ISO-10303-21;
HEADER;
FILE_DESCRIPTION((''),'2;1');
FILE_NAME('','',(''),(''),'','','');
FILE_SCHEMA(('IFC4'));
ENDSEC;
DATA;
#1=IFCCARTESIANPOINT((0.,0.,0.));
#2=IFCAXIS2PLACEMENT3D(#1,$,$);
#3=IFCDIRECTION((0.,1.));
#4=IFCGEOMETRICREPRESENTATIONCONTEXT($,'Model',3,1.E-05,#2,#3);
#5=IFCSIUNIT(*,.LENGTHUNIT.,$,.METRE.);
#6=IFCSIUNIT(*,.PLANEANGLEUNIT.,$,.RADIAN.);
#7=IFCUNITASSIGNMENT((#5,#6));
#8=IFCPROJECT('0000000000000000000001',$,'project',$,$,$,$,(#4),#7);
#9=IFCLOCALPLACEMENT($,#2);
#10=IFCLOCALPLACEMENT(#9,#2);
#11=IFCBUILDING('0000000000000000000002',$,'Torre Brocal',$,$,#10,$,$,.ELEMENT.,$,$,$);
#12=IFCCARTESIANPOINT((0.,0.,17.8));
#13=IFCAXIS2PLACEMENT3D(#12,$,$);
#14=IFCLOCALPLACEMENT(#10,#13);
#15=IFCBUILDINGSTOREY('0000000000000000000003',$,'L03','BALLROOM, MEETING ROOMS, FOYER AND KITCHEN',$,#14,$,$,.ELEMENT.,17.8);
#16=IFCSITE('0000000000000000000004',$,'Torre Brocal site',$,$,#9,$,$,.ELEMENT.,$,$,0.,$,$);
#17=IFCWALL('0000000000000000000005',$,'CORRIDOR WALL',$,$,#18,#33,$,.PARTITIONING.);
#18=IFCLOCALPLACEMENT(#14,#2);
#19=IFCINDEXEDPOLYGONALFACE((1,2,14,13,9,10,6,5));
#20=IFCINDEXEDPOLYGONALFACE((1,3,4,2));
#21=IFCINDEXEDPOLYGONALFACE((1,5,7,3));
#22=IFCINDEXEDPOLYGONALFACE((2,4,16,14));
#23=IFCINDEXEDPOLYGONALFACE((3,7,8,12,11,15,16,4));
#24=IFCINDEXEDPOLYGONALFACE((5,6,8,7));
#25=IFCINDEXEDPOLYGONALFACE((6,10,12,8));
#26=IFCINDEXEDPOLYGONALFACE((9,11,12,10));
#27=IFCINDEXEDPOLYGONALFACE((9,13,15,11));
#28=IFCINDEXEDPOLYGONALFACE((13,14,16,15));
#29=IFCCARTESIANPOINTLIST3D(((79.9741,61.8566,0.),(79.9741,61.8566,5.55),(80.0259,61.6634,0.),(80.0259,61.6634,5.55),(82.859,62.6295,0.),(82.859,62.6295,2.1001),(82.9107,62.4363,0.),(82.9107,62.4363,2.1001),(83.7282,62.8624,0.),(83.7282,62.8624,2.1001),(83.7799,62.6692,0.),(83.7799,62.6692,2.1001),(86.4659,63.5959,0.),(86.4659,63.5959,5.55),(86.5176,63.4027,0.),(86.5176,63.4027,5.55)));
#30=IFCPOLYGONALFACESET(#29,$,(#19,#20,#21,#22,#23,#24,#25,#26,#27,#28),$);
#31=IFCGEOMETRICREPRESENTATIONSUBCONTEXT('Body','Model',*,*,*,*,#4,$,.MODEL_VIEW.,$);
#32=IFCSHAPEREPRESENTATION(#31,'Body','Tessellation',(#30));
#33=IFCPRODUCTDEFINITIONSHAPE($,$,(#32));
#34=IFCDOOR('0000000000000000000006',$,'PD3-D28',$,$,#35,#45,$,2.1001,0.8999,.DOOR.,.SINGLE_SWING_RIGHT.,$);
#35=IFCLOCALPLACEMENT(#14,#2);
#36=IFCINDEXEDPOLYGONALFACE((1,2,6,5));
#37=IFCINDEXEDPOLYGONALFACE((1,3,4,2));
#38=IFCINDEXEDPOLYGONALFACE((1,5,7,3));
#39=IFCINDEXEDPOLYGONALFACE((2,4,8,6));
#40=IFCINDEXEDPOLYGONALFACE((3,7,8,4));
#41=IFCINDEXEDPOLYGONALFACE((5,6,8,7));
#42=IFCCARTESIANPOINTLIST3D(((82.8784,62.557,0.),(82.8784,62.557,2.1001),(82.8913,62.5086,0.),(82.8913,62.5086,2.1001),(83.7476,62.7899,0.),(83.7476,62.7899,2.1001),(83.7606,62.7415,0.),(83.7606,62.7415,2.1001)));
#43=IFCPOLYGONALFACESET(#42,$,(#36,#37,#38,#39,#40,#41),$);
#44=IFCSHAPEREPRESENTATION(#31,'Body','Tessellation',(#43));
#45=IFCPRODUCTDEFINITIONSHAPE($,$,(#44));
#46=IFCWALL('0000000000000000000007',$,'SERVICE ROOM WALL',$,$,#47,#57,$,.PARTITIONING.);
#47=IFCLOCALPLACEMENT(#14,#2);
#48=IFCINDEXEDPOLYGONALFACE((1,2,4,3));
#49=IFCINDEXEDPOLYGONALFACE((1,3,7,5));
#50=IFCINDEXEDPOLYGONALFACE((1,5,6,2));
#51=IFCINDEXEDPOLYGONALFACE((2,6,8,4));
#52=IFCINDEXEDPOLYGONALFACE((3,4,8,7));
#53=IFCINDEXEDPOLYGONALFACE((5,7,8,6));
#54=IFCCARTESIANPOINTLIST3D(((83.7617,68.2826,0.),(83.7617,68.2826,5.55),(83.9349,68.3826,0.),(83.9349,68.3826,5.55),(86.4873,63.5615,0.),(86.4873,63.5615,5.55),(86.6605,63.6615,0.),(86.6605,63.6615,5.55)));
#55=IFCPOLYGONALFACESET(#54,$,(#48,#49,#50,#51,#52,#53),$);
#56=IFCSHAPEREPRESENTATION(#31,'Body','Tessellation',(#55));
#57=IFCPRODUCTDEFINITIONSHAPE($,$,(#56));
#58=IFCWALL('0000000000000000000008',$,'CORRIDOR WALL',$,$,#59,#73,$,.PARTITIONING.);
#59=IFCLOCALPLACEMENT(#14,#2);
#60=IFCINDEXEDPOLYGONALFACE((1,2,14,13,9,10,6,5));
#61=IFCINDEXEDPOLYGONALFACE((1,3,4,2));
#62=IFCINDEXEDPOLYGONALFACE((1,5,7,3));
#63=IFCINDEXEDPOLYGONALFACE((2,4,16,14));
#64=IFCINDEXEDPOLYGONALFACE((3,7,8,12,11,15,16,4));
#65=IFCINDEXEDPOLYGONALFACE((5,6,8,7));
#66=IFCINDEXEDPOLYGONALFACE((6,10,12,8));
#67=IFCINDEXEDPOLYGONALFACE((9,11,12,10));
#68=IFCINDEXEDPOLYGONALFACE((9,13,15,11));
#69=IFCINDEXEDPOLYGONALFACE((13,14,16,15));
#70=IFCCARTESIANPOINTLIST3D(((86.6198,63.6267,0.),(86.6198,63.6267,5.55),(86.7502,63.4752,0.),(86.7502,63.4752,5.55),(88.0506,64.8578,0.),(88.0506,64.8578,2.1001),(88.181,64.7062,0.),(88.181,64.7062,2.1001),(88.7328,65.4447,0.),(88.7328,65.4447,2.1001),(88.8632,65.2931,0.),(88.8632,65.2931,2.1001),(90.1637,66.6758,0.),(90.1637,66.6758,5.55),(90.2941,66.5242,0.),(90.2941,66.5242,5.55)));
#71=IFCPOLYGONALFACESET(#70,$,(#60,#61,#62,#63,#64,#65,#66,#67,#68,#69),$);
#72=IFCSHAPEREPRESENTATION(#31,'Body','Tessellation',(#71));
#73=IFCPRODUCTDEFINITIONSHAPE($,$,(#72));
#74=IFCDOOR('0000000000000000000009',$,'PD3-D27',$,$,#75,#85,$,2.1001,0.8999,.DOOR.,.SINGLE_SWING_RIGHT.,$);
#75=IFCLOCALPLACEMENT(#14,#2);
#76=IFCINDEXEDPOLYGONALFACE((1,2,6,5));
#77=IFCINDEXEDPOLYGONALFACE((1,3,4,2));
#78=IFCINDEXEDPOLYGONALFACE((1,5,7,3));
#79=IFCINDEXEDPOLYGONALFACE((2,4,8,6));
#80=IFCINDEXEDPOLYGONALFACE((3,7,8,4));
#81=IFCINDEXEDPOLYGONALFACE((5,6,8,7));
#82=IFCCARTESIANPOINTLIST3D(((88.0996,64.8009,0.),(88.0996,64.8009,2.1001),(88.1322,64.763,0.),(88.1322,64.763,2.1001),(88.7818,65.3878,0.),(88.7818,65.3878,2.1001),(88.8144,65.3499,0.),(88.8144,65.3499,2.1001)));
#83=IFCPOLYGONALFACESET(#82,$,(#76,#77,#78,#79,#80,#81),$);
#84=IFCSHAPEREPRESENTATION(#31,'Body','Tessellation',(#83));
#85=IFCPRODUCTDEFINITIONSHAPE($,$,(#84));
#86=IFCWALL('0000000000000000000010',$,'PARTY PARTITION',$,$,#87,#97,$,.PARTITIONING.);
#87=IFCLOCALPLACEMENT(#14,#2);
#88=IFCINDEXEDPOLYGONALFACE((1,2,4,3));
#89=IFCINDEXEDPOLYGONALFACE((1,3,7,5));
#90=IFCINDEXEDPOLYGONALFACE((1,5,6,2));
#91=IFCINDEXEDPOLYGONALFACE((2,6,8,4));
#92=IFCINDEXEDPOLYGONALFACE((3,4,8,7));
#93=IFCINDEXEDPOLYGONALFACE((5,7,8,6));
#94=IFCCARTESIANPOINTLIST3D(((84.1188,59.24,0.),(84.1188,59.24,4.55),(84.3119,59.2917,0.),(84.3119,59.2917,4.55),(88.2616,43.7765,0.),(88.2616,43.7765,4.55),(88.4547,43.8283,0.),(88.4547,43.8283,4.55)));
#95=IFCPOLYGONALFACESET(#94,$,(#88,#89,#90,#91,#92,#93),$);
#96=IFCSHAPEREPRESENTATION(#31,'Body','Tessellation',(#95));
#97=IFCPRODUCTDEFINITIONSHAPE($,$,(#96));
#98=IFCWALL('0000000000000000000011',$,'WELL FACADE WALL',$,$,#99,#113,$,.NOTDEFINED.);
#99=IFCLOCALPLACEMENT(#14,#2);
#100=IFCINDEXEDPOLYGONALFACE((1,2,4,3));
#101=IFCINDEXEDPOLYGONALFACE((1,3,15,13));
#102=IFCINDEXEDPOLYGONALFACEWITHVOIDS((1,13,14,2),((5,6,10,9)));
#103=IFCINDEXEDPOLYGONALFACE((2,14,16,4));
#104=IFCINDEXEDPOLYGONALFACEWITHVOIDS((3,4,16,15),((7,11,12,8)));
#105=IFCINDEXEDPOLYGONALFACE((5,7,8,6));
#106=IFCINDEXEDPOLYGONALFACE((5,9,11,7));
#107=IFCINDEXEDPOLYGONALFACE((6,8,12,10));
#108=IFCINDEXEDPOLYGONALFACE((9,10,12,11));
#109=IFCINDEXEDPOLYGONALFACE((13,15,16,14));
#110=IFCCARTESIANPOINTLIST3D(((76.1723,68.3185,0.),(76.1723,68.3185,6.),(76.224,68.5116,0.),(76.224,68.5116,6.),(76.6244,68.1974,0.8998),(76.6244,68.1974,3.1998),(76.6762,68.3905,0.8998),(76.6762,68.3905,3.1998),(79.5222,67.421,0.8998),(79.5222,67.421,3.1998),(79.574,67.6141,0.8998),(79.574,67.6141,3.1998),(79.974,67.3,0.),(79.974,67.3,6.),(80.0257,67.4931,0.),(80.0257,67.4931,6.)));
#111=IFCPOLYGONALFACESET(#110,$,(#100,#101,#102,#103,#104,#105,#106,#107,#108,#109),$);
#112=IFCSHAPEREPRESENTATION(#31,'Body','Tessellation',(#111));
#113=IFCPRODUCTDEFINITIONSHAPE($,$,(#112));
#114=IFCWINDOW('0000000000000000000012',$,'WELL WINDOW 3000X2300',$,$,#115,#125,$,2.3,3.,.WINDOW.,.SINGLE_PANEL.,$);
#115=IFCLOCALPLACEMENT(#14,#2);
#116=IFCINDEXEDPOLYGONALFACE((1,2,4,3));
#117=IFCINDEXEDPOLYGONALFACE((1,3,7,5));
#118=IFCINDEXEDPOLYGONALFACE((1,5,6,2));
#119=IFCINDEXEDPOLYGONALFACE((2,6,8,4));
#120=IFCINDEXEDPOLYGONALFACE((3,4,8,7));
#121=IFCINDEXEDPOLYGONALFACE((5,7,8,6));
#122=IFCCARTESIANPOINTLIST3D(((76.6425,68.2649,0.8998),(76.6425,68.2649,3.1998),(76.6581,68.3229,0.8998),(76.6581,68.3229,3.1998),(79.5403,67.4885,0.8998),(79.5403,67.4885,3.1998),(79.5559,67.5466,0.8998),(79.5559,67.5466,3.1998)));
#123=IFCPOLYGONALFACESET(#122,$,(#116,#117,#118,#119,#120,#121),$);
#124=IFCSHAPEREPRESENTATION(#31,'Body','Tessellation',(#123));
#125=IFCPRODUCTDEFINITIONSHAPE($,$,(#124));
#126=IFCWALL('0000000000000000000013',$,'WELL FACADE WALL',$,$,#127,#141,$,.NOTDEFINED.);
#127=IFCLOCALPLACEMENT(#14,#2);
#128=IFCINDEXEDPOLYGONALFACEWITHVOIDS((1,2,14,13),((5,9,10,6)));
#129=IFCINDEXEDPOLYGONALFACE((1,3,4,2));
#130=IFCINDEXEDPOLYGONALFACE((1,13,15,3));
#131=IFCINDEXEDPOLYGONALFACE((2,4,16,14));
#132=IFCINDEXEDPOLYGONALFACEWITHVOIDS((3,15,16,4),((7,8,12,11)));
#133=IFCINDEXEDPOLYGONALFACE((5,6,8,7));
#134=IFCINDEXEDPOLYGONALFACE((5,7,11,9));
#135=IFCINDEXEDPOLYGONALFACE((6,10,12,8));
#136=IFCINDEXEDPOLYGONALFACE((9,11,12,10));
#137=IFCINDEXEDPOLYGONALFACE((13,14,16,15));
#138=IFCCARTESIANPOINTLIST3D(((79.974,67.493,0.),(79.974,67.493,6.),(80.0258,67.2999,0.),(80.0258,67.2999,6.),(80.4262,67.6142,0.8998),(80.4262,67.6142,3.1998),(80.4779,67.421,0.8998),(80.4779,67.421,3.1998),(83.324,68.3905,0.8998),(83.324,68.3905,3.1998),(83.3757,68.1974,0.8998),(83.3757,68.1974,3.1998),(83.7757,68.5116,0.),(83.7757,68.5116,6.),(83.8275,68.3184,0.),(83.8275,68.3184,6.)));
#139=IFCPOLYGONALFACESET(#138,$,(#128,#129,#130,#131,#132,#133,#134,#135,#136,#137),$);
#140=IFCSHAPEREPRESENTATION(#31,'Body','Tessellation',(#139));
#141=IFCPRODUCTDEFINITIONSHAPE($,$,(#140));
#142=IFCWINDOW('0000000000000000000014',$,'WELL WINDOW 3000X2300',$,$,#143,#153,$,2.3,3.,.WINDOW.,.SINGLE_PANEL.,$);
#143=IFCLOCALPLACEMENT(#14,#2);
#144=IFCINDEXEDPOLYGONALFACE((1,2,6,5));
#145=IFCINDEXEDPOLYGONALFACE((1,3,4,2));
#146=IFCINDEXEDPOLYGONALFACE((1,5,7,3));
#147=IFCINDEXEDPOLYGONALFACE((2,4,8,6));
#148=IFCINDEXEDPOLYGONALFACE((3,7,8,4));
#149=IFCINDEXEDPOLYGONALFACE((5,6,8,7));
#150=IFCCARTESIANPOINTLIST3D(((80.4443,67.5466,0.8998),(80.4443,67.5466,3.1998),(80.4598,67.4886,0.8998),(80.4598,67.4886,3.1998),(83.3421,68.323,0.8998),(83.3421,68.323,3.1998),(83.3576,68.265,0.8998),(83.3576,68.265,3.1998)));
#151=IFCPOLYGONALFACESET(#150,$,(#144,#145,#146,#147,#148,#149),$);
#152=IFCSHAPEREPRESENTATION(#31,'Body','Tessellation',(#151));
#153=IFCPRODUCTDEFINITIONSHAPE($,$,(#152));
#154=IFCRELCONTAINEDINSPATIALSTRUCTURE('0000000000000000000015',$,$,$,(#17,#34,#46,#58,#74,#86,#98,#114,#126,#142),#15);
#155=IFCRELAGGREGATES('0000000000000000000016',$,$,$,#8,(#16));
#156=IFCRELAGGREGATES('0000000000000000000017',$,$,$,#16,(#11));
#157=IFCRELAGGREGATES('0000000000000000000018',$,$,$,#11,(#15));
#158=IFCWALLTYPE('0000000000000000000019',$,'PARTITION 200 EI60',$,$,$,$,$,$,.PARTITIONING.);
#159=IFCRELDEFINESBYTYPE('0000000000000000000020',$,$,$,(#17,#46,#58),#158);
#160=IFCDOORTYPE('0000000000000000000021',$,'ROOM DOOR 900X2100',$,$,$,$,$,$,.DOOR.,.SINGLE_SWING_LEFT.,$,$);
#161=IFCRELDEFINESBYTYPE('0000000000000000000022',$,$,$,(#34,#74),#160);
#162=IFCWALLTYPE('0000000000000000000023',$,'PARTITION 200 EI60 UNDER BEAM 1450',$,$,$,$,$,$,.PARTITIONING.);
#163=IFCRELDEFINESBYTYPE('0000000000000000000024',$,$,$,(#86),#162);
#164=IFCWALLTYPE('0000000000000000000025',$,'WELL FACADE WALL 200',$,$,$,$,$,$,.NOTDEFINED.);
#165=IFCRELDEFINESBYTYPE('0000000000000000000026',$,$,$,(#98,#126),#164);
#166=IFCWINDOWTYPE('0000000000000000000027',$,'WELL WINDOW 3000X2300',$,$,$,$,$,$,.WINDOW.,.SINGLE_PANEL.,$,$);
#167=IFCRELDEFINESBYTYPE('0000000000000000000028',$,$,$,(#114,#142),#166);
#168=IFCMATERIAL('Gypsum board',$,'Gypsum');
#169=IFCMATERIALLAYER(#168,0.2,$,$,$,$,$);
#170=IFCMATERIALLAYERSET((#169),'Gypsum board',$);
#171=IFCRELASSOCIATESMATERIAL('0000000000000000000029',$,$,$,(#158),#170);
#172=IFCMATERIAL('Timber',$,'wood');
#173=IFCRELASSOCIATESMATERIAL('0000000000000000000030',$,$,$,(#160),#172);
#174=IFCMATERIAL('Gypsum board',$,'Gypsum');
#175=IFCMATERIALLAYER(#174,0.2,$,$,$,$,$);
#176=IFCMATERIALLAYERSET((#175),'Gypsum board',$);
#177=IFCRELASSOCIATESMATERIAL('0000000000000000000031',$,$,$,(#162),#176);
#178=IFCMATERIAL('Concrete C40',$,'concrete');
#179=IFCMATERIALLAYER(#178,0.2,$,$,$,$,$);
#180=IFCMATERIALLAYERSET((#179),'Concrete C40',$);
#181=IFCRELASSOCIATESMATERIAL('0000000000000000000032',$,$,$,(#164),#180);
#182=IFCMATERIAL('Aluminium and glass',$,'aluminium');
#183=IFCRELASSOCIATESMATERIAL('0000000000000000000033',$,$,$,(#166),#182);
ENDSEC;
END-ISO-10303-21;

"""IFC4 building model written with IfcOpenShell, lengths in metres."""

from ifc_helpers import new_model, si_unit, direction, frame, frame_2d, origin, place, context, subcontext, project, spatial, rectangle, extrude, material, layer, layer_set, type_object, element, fill, save


model = new_model("IFC4")

# Units and contexts
model_context = context("Model", 3, precision=1e-05, world=origin(), true_north=direction((0.0, 1.0)))
body_context = subcontext(model_context, "Body", "Model", "MODEL_VIEW")
ifc_project = project(units=[si_unit("LENGTHUNIT", "METRE"), si_unit("PLANEANGLEUNIT", "RADIAN")], contexts=[model_context])

# Site, building, storey
site_placement = place(None, origin())
site = spatial("IfcSite", under=ifc_project, at=site_placement, Name="Torre Brocal site", CompositionType="ELEMENT", RefElevation=0.0)
building_placement = place(site_placement, origin())
building = spatial("IfcBuilding", under=site, at=building_placement, Name="Torre Brocal", CompositionType="ELEMENT")
storey_placement = place(building_placement, frame((0.0, 0.0, 17.8)))
storey = spatial("IfcBuildingStorey", under=building, at=storey_placement, Name="L03", Description="BALLROOM, MEETING ROOMS, FOYER AND KITCHEN", CompositionType="ELEMENT", Elevation=17.8)

# Shared definitions
ifc_material_1 = material(Name="Gypsum board", Category="Gypsum")
ifc_layer_1 = layer(ifc_material_1, 0.2)
ifc_layer_set_1 = layer_set([ifc_layer_1], Name="Gypsum board")
wall_type_1 = type_object("IfcWallType", Name="PARTITION 200 EI60", PredefinedType="PARTITIONING", material=ifc_layer_set_1)
ifc_material_2 = material(Name="Timber", Category="wood")
door_type_1 = type_object("IfcDoorType", Name="ROOM DOOR 900X2100", OperationType="SINGLE_SWING_LEFT", PredefinedType="DOOR", material=ifc_material_2)

# Wall, opening, door
wall_1_placement = place(storey_placement, frame((80.0, 61.76, 0.0), z_axis=(0.0, 0.0, 1.0), x_axis=(0.965933, 0.258793, 0.0)))
wall_1 = element("IfcWall", 1, at=wall_1_placement, inside=storey, type_object=wall_type_1, Name="CORRIDOR WALL", PredefinedType="PARTITIONING", context=body_context, shape_type="SweptSolid", body=[
    extrude(rectangle(XDim=6.7207, YDim=0.2, at=frame_2d((3.3604, 0.0))), origin(), (0.0, 0.0, 1.0), 5.55),
])
opening_1_placement = place(wall_1_placement, frame((2.9866, 0.0, 0.0)))
opening_1 = element("IfcOpeningElement", 2, at=opening_1_placement, cuts=wall_1, PredefinedType="OPENING", context=body_context, shape_type="SweptSolid", body=[
    extrude(rectangle(XDim=0.8999, YDim=2.1001, at=frame_2d((0.45, 1.05))), frame((0.0, 0.1099, 0.0), z_axis=(0.0, -1.0, 0.0), x_axis=(1.0, 0.0, 0.0)), (0.0, 0.0, 1.0), 0.22),
])
door_1_placement = place(opening_1_placement, origin())
door_1 = element("IfcDoor", 3, at=door_1_placement, inside=storey, type_object=door_type_1, Name="PD3-D28", OperationType="SINGLE_SWING_RIGHT", OverallHeight=2.1001, OverallWidth=0.8999, PredefinedType="DOOR", context=body_context, shape_type="SweptSolid", body=[
    extrude(rectangle(XDim=0.8999, YDim=2.1001, at=frame_2d((0.45, 1.05))), frame((0.0, 0.0249, 0.0), z_axis=(0.0, -1.0, 0.0), x_axis=(1.0, 0.0, 0.0)), (0.0, 0.0, 1.0), 0.05),
])
fill(opening_1, door_1)

# Wall
wall_2_placement = place(storey_placement, frame((83.8484, 68.3325, 0.0), z_axis=(0.0, 0.0, 1.0), x_axis=(0.499973, -0.866041, 0.0)))
element("IfcWall", 4, at=wall_2_placement, inside=storey, type_object=wall_type_1, Name="SERVICE ROOM WALL", PredefinedType="PARTITIONING", context=body_context, shape_type="SweptSolid", body=[
    extrude(rectangle(XDim=5.4514, YDim=0.2, at=frame_2d((2.7256, 0.0))), origin(), (0.0, 0.0, 1.0), 5.55),
])

# Wall, opening, door
wall_3_placement = place(storey_placement, frame((86.6851, 63.551, 0.0), z_axis=(0.0, 0.0, 1.0), x_axis=(0.75805, 0.652197, 0.0)))
wall_3 = element("IfcWall", 5, at=wall_3_placement, inside=storey, type_object=wall_type_1, Name="CORRIDOR WALL", PredefinedType="PARTITIONING", context=body_context, shape_type="SweptSolid", body=[
    extrude(rectangle(XDim=4.675, YDim=0.2, at=frame_2d((2.3374, 0.0))), origin(), (0.0, 0.0, 1.0), 5.55),
])
opening_2_placement = place(wall_3_placement, frame((1.8875, 0.0, 0.0)))
opening_2 = element("IfcOpeningElement", 6, at=opening_2_placement, cuts=wall_3, PredefinedType="OPENING", context=body_context, shape_type="SweptSolid", body=[
    extrude(rectangle(XDim=0.8999, YDim=2.1001, at=frame_2d((0.45, 1.05))), frame((0.0, 0.1099, 0.0), z_axis=(0.0, -1.0, 0.0), x_axis=(1.0, 0.0, 0.0)), (0.0, 0.0, 1.0), 0.22),
])
door_2_placement = place(opening_2_placement, origin())
door_2 = element("IfcDoor", 7, at=door_2_placement, inside=storey, type_object=door_type_1, Name="PD3-D27", OperationType="SINGLE_SWING_RIGHT", OverallHeight=2.1001, OverallWidth=0.8999, PredefinedType="DOOR", context=body_context, shape_type="SweptSolid", body=[
    extrude(rectangle(XDim=0.8999, YDim=2.1001, at=frame_2d((0.45, 1.05))), frame((0.0, 0.0249, 0.0), z_axis=(0.0, -1.0, 0.0), x_axis=(1.0, 0.0, 0.0)), (0.0, 0.0, 1.0), 0.05),
])
fill(opening_2, door_2)

# Wall
ifc_material_3 = material(Name="Gypsum board", Category="Gypsum")
ifc_layer_2 = layer(ifc_material_3, 0.2)
ifc_layer_set_2 = layer_set([ifc_layer_2], Name="Gypsum board")
wall_type_2 = type_object("IfcWallType", Name="PARTITION 200 EI60 UNDER BEAM 1450", PredefinedType="PARTITIONING", material=ifc_layer_set_2)
wall_4_placement = place(storey_placement, frame((84.2153, 59.2659, 0.0), z_axis=(0.0, 0.0, 1.0), x_axis=(0.258785, -0.965935, 0.0)))
element("IfcWall", 8, at=wall_4_placement, inside=storey, type_object=wall_type_2, Name="PARTY PARTITION", PredefinedType="PARTITIONING", context=body_context, shape_type="SweptSolid", body=[
    extrude(rectangle(XDim=16.0088, YDim=0.2, at=frame_2d((8.0044, 0.0))), origin(), (0.0, 0.0, 1.0), 4.55),
])

# Walls, openings, windows
ifc_material_4 = material(Name="Concrete C40", Category="concrete")
ifc_layer_3 = layer(ifc_material_4, 0.2)
ifc_layer_set_3 = layer_set([ifc_layer_3], Name="Concrete C40")
wall_type_3 = type_object("IfcWallType", Name="WELL FACADE WALL 200", PredefinedType="NOTDEFINED", material=ifc_layer_set_3)
wall_5_placement = place(storey_placement, frame((76.1982, 68.415, 0.0), z_axis=(0.0, 0.0, 1.0), x_axis=(0.965934, -0.25879, 0.0)))
wall_5 = element("IfcWall", 9, at=wall_5_placement, inside=storey, type_object=wall_type_3, Name="WELL FACADE WALL", PredefinedType="NOTDEFINED", context=body_context, shape_type="SweptSolid", body=[
    extrude(rectangle(XDim=3.9358, YDim=0.2, at=frame_2d((1.9678, 0.0))), origin(), (0.0, 0.0, 1.0), 6.0),
])
opening_3_placement = place(wall_5_placement, frame((0.468, 0.0, 0.8999)))
opening_3 = element("IfcOpeningElement", 10, at=opening_3_placement, cuts=wall_5, PredefinedType="OPENING", context=body_context, shape_type="SweptSolid", body=[
    extrude(rectangle(XDim=3.0, YDim=2.3, at=frame_2d((1.5, 1.1499))), frame((0.0, 0.1099, 0.0), z_axis=(0.0, -1.0, 0.0), x_axis=(1.0, 0.0, 0.0)), (0.0, 0.0, 1.0), 0.22),
])
ifc_material_5 = material(Name="Aluminium and glass", Category="aluminium")
window_type = type_object("IfcWindowType", Name="WELL WINDOW 3000X2300", PartitioningType="SINGLE_PANEL", PredefinedType="WINDOW", material=ifc_material_5)
window_1_placement = place(opening_3_placement, origin())
window_1 = element("IfcWindow", 11, at=window_1_placement, inside=storey, type_object=window_type, Name="WELL WINDOW 3000X2300", OverallHeight=2.3, OverallWidth=3.0, PartitioningType="SINGLE_PANEL", PredefinedType="WINDOW", context=body_context, shape_type="SweptSolid", body=[
    extrude(rectangle(XDim=3.0, YDim=2.3, at=frame_2d((1.5, 1.1499))), frame((0.0, 0.03, 0.0), z_axis=(0.0, -1.0, 0.0), x_axis=(1.0, 0.0, 0.0)), (0.0, 0.0, 1.0), 0.0601),
])
fill(opening_3, window_1)
wall_6_placement = place(storey_placement, frame((80.0, 67.3965, 0.0), z_axis=(0.0, 0.0, 1.0), x_axis=(0.965934, 0.25879, 0.0)))
wall_6 = element("IfcWall", 12, at=wall_6_placement, inside=storey, type_object=wall_type_3, Name="WELL FACADE WALL", PredefinedType="NOTDEFINED", context=body_context, shape_type="SweptSolid", body=[
    extrude(rectangle(XDim=3.9358, YDim=0.2, at=frame_2d((1.9678, 0.0))), origin(), (0.0, 0.0, 1.0), 6.0),
])
opening_4_placement = place(wall_6_placement, frame((0.468, 0.0, 0.8999)))
opening_4 = element("IfcOpeningElement", 13, at=opening_4_placement, cuts=wall_6, PredefinedType="OPENING", context=body_context, shape_type="SweptSolid", body=[
    extrude(rectangle(XDim=3.0, YDim=2.3, at=frame_2d((1.5, 1.1499))), frame((0.0, 0.1099, 0.0), z_axis=(0.0, -1.0, 0.0), x_axis=(1.0, 0.0, 0.0)), (0.0, 0.0, 1.0), 0.22),
])
window_2_placement = place(opening_4_placement, origin())
window_2 = element("IfcWindow", 14, at=window_2_placement, inside=storey, type_object=window_type, Name="WELL WINDOW 3000X2300", OverallHeight=2.3, OverallWidth=3.0, PartitioningType="SINGLE_PANEL", PredefinedType="WINDOW", context=body_context, shape_type="SweptSolid", body=[
    extrude(rectangle(XDim=3.0, YDim=2.3, at=frame_2d((1.5, 1.1499))), frame((0.0, 0.03, 0.0), z_axis=(0.0, -1.0, 0.0), x_axis=(1.0, 0.0, 0.0)), (0.0, 0.0, 1.0), 0.0601),
])
fill(opening_4, window_2)

save(model, "model.ifc")
